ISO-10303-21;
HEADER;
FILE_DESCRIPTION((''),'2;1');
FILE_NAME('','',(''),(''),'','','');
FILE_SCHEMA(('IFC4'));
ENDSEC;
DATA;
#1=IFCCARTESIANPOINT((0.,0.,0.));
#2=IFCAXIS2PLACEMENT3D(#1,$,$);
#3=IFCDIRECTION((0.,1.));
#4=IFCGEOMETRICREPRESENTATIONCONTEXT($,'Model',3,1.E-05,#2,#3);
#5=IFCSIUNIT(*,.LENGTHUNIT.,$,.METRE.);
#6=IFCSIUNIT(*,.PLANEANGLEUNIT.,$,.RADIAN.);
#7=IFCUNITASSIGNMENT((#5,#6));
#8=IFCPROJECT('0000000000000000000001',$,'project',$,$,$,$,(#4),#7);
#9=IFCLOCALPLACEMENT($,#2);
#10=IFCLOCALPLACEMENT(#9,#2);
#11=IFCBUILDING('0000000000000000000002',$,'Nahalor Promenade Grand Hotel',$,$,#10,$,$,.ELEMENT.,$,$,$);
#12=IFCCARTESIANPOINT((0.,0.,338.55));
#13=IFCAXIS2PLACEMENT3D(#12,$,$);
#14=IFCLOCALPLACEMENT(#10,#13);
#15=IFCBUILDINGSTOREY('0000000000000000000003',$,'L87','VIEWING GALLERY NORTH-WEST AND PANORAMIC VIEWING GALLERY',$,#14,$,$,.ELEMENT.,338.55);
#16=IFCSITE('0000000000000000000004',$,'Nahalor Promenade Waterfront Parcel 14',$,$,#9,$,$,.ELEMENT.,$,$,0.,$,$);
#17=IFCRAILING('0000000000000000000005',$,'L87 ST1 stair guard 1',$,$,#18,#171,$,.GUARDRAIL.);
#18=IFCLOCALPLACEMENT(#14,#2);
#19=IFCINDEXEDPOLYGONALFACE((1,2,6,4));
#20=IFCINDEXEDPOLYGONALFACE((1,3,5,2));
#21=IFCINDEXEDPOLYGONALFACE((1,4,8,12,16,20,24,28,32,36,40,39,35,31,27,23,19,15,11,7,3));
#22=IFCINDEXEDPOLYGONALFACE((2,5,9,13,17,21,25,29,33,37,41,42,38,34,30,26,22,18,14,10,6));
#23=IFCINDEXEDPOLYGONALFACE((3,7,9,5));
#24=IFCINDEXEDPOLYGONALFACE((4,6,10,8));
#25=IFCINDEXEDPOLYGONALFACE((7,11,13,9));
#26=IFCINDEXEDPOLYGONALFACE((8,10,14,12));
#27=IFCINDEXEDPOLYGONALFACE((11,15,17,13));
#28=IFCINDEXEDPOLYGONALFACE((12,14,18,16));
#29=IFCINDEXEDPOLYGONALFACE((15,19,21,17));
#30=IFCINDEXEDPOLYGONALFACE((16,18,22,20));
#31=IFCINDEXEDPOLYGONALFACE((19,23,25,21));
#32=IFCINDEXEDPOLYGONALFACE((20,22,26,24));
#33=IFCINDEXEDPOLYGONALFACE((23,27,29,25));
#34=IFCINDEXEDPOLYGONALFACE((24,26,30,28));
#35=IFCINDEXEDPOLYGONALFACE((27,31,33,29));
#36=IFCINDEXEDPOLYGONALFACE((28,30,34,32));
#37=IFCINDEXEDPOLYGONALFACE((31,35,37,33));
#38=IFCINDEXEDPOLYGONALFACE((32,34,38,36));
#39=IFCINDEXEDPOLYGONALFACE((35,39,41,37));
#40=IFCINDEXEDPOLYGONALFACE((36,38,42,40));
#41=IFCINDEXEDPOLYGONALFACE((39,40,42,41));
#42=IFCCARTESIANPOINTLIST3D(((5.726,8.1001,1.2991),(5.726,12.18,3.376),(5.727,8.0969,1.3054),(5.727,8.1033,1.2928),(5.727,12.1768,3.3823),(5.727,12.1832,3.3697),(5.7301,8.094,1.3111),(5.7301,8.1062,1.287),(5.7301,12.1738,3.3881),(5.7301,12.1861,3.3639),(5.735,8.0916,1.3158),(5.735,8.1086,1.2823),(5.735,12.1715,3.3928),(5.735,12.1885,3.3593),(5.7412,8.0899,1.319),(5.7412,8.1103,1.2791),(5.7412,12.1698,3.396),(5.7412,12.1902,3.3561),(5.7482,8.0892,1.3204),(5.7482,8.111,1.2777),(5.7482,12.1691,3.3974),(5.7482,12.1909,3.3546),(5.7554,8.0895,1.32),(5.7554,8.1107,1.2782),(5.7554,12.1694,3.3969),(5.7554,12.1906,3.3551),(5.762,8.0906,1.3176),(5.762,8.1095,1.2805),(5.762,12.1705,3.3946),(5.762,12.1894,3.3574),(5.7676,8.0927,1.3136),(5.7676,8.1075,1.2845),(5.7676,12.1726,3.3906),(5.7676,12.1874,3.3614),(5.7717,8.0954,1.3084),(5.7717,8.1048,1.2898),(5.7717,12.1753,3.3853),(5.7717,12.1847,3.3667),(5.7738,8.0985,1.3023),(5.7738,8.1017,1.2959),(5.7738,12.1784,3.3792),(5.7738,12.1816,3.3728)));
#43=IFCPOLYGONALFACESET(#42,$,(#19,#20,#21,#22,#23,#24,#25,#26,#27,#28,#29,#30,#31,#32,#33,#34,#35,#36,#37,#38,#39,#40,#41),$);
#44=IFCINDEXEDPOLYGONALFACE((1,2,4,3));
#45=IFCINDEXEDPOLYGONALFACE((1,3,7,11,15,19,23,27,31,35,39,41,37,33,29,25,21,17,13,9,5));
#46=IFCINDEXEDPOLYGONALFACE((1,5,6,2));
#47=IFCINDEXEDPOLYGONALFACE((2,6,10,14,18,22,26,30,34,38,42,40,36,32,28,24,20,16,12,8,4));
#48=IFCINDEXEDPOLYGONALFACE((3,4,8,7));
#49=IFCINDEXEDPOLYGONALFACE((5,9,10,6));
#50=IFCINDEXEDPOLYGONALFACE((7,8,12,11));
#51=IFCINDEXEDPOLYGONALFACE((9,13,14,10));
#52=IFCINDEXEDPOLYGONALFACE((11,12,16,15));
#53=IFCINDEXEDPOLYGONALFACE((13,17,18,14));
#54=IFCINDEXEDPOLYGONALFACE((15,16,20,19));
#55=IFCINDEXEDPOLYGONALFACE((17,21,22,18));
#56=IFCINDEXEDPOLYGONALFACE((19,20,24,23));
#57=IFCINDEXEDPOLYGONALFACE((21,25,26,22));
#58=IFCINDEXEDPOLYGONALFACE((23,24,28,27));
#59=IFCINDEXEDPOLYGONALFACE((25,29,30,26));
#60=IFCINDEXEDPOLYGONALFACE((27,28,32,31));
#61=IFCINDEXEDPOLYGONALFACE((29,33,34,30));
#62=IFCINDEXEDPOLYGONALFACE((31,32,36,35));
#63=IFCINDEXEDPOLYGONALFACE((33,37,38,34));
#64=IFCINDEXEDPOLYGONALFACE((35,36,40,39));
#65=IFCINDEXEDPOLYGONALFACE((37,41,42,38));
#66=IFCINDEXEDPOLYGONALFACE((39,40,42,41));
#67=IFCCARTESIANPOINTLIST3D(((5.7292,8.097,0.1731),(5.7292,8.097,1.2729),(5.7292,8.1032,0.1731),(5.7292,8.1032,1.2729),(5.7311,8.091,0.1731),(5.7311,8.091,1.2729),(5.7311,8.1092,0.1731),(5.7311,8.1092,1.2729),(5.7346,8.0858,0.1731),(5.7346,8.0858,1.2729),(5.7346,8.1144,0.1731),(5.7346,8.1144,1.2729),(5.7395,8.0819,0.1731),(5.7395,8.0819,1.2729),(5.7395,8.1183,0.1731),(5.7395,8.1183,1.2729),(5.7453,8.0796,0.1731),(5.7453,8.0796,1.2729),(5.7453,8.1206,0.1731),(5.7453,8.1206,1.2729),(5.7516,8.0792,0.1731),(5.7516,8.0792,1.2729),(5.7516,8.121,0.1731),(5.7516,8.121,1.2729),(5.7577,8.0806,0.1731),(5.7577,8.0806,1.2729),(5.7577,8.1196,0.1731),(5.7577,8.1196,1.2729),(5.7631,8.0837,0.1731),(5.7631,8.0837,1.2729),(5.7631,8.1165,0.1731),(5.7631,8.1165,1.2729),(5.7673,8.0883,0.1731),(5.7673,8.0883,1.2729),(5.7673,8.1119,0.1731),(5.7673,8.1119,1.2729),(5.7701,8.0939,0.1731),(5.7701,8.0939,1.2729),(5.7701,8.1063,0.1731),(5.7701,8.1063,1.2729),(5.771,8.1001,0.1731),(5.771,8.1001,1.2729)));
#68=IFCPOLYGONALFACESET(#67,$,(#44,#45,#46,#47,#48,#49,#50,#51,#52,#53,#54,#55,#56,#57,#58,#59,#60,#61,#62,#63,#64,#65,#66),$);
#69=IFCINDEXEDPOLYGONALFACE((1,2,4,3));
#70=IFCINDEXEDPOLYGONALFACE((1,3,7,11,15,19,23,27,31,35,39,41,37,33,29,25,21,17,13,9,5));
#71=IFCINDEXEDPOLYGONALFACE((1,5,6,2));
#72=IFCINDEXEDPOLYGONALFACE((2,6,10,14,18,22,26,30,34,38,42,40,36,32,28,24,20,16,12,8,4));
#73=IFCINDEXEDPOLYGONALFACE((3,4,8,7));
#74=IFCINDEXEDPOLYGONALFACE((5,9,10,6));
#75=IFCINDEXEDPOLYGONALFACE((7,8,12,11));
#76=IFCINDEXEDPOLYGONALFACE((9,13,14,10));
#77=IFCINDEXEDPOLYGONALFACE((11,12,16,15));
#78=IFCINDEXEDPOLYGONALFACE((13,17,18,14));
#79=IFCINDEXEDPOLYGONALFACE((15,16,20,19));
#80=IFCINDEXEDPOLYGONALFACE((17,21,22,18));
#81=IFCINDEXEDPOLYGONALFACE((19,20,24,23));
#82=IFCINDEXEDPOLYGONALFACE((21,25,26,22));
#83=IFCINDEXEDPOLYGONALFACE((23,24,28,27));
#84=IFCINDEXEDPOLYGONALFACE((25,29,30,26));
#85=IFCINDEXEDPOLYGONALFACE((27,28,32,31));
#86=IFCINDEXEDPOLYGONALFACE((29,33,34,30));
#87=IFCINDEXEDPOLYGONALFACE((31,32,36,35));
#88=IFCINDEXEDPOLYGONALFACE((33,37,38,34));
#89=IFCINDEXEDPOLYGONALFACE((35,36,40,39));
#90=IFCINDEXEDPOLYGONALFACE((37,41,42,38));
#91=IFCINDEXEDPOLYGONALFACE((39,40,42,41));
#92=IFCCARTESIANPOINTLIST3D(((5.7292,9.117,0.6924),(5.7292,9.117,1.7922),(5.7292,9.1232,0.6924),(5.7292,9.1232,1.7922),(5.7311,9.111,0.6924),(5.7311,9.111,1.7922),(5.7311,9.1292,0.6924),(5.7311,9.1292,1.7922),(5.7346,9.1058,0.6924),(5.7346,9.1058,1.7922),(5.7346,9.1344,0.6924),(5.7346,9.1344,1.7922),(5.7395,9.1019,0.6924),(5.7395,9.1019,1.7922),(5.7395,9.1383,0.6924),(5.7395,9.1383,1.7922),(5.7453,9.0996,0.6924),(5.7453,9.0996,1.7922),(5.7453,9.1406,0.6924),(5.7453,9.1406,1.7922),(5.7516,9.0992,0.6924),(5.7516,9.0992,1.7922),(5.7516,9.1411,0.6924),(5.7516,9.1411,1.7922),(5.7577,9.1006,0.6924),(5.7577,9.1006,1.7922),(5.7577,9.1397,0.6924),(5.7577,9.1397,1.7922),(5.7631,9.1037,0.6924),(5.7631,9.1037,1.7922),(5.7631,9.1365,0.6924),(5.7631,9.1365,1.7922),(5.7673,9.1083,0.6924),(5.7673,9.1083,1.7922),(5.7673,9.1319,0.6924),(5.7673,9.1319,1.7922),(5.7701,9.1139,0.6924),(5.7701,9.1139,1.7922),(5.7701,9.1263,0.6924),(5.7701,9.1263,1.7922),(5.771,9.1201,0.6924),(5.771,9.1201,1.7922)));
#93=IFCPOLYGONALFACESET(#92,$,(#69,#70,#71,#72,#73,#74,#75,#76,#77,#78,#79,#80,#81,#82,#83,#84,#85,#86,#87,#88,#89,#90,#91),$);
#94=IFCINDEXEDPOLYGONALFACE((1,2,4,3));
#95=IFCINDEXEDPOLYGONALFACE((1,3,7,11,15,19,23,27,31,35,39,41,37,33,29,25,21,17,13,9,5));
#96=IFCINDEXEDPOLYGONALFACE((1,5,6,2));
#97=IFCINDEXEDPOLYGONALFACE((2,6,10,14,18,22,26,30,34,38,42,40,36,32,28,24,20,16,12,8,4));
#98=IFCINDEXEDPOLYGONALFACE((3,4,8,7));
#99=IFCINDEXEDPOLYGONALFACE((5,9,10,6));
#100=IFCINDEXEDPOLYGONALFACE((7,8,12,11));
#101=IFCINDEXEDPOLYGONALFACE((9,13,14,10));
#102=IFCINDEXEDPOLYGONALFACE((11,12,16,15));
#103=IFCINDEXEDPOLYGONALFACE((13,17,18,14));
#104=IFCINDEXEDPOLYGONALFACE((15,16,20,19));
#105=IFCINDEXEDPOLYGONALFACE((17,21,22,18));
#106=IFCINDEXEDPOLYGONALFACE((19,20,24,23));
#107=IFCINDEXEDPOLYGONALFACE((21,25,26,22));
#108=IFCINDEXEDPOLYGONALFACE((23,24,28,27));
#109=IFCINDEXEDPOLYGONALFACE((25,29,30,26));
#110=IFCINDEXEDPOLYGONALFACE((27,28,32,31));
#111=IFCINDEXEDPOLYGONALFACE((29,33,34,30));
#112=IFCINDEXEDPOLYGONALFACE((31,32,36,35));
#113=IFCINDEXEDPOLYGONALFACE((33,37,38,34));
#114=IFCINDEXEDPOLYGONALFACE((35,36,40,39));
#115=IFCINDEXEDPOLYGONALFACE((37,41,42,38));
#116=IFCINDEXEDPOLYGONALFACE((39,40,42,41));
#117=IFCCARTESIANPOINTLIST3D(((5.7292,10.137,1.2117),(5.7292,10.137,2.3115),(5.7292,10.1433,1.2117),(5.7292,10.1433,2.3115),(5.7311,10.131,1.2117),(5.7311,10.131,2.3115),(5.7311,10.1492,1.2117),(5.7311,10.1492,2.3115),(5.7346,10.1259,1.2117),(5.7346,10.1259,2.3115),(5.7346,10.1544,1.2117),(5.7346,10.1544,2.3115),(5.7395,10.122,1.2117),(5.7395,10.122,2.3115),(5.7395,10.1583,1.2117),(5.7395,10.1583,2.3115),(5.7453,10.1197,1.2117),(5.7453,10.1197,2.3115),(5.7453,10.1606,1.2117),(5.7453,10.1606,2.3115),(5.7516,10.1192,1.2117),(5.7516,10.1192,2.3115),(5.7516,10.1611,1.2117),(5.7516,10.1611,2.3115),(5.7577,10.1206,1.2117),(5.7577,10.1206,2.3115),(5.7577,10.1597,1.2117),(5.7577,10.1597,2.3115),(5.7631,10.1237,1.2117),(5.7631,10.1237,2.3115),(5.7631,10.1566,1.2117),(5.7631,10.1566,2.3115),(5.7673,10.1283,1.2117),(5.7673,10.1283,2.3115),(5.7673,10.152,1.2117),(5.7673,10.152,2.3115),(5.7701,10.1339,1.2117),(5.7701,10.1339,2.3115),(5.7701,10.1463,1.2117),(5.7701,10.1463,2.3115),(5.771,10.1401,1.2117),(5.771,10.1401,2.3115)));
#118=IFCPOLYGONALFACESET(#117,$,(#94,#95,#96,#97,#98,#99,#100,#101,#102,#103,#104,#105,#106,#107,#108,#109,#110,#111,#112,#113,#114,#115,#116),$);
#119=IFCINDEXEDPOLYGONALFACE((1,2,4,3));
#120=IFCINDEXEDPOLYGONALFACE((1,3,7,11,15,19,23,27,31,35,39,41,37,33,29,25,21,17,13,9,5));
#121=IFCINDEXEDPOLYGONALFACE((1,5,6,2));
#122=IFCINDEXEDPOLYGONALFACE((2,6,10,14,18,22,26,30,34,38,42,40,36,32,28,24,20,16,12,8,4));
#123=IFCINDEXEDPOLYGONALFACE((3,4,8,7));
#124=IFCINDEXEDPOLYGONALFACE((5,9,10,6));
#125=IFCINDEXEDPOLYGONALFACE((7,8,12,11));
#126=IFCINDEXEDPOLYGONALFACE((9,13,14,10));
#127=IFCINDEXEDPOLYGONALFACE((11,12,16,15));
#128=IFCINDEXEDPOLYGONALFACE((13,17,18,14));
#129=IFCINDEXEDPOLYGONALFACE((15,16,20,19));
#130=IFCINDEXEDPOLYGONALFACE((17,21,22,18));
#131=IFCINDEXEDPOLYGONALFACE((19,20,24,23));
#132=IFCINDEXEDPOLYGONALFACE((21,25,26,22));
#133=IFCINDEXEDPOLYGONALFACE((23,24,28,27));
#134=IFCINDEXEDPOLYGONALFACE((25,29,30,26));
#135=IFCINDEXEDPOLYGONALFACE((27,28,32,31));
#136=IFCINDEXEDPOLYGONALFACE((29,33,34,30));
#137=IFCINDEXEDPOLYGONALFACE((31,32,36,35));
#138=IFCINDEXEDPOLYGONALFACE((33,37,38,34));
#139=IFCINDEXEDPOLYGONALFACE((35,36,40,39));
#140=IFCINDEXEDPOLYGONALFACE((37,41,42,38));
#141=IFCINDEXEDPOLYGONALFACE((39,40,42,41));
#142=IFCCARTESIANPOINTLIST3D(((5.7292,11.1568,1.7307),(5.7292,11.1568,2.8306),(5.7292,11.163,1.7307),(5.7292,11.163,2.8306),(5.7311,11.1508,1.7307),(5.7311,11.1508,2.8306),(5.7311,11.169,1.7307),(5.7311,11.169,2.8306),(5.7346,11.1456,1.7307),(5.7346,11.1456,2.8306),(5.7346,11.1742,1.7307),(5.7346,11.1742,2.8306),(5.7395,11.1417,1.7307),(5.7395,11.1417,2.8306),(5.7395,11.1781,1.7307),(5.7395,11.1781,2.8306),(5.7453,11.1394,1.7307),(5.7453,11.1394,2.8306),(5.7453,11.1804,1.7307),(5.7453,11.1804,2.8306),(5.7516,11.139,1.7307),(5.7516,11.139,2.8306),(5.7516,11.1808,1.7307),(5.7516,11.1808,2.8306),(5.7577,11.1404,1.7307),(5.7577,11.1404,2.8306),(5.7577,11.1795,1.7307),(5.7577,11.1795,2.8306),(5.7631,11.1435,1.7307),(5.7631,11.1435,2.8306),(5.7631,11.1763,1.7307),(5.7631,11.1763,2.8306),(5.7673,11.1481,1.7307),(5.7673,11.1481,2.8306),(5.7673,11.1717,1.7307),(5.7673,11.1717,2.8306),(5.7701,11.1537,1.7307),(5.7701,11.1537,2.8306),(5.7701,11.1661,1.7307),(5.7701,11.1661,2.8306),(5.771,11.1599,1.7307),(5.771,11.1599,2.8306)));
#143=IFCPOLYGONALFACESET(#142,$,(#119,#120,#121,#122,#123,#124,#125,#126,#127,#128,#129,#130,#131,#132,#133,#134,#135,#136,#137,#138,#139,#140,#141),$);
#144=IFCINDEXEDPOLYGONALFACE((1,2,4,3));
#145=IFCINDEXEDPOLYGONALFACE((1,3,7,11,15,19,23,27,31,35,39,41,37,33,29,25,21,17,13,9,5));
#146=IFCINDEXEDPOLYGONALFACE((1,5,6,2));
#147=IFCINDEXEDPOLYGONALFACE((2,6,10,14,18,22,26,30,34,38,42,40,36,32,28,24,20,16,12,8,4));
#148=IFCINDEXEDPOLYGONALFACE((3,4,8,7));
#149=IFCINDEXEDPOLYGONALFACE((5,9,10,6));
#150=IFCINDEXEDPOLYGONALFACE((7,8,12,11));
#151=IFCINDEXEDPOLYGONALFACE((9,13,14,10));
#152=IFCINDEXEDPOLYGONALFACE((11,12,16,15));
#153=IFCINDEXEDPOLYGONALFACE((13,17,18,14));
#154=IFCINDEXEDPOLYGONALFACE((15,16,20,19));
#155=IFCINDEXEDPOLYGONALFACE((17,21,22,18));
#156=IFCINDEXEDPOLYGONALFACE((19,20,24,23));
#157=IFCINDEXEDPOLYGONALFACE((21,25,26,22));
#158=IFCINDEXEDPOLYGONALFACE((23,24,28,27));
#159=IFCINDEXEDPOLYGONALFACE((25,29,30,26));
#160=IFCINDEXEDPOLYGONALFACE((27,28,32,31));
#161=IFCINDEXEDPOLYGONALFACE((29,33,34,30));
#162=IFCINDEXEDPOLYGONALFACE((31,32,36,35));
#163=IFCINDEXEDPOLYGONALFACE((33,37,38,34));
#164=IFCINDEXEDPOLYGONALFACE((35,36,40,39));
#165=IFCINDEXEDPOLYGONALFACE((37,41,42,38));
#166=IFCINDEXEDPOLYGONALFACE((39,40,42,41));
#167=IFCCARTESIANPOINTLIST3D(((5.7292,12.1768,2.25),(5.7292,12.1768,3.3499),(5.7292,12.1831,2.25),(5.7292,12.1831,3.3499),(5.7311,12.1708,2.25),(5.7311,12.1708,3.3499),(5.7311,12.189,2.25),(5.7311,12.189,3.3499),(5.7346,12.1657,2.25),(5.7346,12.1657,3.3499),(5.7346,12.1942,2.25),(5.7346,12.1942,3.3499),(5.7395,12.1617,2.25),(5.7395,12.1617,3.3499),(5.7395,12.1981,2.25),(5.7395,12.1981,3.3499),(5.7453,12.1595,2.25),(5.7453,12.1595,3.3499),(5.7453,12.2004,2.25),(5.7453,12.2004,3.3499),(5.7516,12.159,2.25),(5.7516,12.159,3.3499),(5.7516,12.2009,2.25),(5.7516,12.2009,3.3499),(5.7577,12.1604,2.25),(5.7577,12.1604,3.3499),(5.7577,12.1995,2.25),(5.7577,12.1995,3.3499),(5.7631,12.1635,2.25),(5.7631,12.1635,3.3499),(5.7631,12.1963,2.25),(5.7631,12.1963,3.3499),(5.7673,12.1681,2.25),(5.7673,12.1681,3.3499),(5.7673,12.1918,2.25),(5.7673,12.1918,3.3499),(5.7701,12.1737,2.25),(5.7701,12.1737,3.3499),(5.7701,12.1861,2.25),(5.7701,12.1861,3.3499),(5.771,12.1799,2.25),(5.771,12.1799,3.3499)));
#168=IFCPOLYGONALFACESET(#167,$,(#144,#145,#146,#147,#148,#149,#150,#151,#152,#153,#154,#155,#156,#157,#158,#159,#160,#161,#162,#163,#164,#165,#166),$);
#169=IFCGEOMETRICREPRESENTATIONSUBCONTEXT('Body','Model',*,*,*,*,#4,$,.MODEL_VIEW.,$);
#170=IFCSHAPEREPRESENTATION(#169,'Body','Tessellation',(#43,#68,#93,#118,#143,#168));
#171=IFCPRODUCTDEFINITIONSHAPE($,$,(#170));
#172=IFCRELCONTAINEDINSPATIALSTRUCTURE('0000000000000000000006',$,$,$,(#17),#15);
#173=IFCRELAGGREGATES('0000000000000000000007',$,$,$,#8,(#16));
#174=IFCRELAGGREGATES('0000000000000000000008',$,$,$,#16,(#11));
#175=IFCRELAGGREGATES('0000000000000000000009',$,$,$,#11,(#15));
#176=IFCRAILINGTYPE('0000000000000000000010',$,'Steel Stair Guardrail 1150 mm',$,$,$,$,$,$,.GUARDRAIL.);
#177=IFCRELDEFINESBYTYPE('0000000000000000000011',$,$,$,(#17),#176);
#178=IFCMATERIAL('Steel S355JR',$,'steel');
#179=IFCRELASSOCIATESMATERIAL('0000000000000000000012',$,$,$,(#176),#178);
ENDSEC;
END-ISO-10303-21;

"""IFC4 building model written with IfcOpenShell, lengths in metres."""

from ifc_helpers import new_model, si_unit, direction, frame, origin, origin_2d, place, context, subcontext, project, spatial, circle, extrude, material, type_object, element, save


model = new_model("IFC4")

# Units and contexts
model_context = context("Model", 3, precision=1e-05, world=origin(), true_north=direction((0.0, 1.0)))
body_context = subcontext(model_context, "Body", "Model", "MODEL_VIEW")
ifc_project = project(units=[si_unit("LENGTHUNIT", "METRE"), si_unit("PLANEANGLEUNIT", "RADIAN")], contexts=[model_context])

# Site, building, storey
site_placement = place(None, origin())
site = spatial("IfcSite", under=ifc_project, at=site_placement, Name="Nahalor Promenade Waterfront Parcel 14", CompositionType="ELEMENT", RefElevation=0.0)
building_placement = place(site_placement, origin())
building = spatial("IfcBuilding", under=site, at=building_placement, Name="Nahalor Promenade Grand Hotel", CompositionType="ELEMENT")
storey_placement = place(building_placement, frame((0.0, 0.0, 338.55)))
storey = spatial("IfcBuildingStorey", under=building, at=storey_placement, Name="L87", Description="VIEWING GALLERY NORTH-WEST AND PANORAMIC VIEWING GALLERY", CompositionType="ELEMENT", Elevation=338.55)

# Shared definitions
ifc_material_1 = material(Name="Steel S355JR", Category="steel")

# Railing
railing_type_1 = type_object("IfcRailingType", Name="Steel Stair Guardrail 1150 mm", PredefinedType="GUARDRAIL", material=ifc_material_1)
railing_1_placement = place(storey_placement, frame((5.75, 8.1001, 0.1731)))
element("IfcRailing", 1, at=railing_1_placement, inside=storey, type_object=railing_type_1, Name="L87 ST1 stair guard 1", PredefinedType="GUARDRAIL", context=body_context, shape_type="SweptSolid", body=[
    extrude(circle(Radius=0.024, at=origin_2d()), frame((0.0, 0.0, 1.126), z_axis=(0.0, 0.891172, 0.453665), x_axis=(-1.0, 0.0, 0.0)), (0.0, 0.0, 1.0), 4.5781),
    extrude(circle(Radius=0.021, at=origin_2d()), origin(), (0.0, 0.0, 1.0), 1.0999),
    extrude(circle(Radius=0.021, at=origin_2d()), frame((0.0, 1.02, 0.5193)), (0.0, 0.0, 1.0), 1.0999),
    extrude(circle(Radius=0.021, at=origin_2d()), frame((0.0, 2.04, 1.0386)), (0.0, 0.0, 1.0), 1.0999),
    extrude(circle(Radius=0.021, at=origin_2d()), frame((0.0, 3.0598, 1.5576)), (0.0, 0.0, 1.0), 1.0999),
    extrude(circle(Radius=0.021, at=origin_2d()), frame((0.0, 4.0798, 2.0769)), (0.0, 0.0, 1.0), 1.0999),
])

save(model, "model.ifc")
